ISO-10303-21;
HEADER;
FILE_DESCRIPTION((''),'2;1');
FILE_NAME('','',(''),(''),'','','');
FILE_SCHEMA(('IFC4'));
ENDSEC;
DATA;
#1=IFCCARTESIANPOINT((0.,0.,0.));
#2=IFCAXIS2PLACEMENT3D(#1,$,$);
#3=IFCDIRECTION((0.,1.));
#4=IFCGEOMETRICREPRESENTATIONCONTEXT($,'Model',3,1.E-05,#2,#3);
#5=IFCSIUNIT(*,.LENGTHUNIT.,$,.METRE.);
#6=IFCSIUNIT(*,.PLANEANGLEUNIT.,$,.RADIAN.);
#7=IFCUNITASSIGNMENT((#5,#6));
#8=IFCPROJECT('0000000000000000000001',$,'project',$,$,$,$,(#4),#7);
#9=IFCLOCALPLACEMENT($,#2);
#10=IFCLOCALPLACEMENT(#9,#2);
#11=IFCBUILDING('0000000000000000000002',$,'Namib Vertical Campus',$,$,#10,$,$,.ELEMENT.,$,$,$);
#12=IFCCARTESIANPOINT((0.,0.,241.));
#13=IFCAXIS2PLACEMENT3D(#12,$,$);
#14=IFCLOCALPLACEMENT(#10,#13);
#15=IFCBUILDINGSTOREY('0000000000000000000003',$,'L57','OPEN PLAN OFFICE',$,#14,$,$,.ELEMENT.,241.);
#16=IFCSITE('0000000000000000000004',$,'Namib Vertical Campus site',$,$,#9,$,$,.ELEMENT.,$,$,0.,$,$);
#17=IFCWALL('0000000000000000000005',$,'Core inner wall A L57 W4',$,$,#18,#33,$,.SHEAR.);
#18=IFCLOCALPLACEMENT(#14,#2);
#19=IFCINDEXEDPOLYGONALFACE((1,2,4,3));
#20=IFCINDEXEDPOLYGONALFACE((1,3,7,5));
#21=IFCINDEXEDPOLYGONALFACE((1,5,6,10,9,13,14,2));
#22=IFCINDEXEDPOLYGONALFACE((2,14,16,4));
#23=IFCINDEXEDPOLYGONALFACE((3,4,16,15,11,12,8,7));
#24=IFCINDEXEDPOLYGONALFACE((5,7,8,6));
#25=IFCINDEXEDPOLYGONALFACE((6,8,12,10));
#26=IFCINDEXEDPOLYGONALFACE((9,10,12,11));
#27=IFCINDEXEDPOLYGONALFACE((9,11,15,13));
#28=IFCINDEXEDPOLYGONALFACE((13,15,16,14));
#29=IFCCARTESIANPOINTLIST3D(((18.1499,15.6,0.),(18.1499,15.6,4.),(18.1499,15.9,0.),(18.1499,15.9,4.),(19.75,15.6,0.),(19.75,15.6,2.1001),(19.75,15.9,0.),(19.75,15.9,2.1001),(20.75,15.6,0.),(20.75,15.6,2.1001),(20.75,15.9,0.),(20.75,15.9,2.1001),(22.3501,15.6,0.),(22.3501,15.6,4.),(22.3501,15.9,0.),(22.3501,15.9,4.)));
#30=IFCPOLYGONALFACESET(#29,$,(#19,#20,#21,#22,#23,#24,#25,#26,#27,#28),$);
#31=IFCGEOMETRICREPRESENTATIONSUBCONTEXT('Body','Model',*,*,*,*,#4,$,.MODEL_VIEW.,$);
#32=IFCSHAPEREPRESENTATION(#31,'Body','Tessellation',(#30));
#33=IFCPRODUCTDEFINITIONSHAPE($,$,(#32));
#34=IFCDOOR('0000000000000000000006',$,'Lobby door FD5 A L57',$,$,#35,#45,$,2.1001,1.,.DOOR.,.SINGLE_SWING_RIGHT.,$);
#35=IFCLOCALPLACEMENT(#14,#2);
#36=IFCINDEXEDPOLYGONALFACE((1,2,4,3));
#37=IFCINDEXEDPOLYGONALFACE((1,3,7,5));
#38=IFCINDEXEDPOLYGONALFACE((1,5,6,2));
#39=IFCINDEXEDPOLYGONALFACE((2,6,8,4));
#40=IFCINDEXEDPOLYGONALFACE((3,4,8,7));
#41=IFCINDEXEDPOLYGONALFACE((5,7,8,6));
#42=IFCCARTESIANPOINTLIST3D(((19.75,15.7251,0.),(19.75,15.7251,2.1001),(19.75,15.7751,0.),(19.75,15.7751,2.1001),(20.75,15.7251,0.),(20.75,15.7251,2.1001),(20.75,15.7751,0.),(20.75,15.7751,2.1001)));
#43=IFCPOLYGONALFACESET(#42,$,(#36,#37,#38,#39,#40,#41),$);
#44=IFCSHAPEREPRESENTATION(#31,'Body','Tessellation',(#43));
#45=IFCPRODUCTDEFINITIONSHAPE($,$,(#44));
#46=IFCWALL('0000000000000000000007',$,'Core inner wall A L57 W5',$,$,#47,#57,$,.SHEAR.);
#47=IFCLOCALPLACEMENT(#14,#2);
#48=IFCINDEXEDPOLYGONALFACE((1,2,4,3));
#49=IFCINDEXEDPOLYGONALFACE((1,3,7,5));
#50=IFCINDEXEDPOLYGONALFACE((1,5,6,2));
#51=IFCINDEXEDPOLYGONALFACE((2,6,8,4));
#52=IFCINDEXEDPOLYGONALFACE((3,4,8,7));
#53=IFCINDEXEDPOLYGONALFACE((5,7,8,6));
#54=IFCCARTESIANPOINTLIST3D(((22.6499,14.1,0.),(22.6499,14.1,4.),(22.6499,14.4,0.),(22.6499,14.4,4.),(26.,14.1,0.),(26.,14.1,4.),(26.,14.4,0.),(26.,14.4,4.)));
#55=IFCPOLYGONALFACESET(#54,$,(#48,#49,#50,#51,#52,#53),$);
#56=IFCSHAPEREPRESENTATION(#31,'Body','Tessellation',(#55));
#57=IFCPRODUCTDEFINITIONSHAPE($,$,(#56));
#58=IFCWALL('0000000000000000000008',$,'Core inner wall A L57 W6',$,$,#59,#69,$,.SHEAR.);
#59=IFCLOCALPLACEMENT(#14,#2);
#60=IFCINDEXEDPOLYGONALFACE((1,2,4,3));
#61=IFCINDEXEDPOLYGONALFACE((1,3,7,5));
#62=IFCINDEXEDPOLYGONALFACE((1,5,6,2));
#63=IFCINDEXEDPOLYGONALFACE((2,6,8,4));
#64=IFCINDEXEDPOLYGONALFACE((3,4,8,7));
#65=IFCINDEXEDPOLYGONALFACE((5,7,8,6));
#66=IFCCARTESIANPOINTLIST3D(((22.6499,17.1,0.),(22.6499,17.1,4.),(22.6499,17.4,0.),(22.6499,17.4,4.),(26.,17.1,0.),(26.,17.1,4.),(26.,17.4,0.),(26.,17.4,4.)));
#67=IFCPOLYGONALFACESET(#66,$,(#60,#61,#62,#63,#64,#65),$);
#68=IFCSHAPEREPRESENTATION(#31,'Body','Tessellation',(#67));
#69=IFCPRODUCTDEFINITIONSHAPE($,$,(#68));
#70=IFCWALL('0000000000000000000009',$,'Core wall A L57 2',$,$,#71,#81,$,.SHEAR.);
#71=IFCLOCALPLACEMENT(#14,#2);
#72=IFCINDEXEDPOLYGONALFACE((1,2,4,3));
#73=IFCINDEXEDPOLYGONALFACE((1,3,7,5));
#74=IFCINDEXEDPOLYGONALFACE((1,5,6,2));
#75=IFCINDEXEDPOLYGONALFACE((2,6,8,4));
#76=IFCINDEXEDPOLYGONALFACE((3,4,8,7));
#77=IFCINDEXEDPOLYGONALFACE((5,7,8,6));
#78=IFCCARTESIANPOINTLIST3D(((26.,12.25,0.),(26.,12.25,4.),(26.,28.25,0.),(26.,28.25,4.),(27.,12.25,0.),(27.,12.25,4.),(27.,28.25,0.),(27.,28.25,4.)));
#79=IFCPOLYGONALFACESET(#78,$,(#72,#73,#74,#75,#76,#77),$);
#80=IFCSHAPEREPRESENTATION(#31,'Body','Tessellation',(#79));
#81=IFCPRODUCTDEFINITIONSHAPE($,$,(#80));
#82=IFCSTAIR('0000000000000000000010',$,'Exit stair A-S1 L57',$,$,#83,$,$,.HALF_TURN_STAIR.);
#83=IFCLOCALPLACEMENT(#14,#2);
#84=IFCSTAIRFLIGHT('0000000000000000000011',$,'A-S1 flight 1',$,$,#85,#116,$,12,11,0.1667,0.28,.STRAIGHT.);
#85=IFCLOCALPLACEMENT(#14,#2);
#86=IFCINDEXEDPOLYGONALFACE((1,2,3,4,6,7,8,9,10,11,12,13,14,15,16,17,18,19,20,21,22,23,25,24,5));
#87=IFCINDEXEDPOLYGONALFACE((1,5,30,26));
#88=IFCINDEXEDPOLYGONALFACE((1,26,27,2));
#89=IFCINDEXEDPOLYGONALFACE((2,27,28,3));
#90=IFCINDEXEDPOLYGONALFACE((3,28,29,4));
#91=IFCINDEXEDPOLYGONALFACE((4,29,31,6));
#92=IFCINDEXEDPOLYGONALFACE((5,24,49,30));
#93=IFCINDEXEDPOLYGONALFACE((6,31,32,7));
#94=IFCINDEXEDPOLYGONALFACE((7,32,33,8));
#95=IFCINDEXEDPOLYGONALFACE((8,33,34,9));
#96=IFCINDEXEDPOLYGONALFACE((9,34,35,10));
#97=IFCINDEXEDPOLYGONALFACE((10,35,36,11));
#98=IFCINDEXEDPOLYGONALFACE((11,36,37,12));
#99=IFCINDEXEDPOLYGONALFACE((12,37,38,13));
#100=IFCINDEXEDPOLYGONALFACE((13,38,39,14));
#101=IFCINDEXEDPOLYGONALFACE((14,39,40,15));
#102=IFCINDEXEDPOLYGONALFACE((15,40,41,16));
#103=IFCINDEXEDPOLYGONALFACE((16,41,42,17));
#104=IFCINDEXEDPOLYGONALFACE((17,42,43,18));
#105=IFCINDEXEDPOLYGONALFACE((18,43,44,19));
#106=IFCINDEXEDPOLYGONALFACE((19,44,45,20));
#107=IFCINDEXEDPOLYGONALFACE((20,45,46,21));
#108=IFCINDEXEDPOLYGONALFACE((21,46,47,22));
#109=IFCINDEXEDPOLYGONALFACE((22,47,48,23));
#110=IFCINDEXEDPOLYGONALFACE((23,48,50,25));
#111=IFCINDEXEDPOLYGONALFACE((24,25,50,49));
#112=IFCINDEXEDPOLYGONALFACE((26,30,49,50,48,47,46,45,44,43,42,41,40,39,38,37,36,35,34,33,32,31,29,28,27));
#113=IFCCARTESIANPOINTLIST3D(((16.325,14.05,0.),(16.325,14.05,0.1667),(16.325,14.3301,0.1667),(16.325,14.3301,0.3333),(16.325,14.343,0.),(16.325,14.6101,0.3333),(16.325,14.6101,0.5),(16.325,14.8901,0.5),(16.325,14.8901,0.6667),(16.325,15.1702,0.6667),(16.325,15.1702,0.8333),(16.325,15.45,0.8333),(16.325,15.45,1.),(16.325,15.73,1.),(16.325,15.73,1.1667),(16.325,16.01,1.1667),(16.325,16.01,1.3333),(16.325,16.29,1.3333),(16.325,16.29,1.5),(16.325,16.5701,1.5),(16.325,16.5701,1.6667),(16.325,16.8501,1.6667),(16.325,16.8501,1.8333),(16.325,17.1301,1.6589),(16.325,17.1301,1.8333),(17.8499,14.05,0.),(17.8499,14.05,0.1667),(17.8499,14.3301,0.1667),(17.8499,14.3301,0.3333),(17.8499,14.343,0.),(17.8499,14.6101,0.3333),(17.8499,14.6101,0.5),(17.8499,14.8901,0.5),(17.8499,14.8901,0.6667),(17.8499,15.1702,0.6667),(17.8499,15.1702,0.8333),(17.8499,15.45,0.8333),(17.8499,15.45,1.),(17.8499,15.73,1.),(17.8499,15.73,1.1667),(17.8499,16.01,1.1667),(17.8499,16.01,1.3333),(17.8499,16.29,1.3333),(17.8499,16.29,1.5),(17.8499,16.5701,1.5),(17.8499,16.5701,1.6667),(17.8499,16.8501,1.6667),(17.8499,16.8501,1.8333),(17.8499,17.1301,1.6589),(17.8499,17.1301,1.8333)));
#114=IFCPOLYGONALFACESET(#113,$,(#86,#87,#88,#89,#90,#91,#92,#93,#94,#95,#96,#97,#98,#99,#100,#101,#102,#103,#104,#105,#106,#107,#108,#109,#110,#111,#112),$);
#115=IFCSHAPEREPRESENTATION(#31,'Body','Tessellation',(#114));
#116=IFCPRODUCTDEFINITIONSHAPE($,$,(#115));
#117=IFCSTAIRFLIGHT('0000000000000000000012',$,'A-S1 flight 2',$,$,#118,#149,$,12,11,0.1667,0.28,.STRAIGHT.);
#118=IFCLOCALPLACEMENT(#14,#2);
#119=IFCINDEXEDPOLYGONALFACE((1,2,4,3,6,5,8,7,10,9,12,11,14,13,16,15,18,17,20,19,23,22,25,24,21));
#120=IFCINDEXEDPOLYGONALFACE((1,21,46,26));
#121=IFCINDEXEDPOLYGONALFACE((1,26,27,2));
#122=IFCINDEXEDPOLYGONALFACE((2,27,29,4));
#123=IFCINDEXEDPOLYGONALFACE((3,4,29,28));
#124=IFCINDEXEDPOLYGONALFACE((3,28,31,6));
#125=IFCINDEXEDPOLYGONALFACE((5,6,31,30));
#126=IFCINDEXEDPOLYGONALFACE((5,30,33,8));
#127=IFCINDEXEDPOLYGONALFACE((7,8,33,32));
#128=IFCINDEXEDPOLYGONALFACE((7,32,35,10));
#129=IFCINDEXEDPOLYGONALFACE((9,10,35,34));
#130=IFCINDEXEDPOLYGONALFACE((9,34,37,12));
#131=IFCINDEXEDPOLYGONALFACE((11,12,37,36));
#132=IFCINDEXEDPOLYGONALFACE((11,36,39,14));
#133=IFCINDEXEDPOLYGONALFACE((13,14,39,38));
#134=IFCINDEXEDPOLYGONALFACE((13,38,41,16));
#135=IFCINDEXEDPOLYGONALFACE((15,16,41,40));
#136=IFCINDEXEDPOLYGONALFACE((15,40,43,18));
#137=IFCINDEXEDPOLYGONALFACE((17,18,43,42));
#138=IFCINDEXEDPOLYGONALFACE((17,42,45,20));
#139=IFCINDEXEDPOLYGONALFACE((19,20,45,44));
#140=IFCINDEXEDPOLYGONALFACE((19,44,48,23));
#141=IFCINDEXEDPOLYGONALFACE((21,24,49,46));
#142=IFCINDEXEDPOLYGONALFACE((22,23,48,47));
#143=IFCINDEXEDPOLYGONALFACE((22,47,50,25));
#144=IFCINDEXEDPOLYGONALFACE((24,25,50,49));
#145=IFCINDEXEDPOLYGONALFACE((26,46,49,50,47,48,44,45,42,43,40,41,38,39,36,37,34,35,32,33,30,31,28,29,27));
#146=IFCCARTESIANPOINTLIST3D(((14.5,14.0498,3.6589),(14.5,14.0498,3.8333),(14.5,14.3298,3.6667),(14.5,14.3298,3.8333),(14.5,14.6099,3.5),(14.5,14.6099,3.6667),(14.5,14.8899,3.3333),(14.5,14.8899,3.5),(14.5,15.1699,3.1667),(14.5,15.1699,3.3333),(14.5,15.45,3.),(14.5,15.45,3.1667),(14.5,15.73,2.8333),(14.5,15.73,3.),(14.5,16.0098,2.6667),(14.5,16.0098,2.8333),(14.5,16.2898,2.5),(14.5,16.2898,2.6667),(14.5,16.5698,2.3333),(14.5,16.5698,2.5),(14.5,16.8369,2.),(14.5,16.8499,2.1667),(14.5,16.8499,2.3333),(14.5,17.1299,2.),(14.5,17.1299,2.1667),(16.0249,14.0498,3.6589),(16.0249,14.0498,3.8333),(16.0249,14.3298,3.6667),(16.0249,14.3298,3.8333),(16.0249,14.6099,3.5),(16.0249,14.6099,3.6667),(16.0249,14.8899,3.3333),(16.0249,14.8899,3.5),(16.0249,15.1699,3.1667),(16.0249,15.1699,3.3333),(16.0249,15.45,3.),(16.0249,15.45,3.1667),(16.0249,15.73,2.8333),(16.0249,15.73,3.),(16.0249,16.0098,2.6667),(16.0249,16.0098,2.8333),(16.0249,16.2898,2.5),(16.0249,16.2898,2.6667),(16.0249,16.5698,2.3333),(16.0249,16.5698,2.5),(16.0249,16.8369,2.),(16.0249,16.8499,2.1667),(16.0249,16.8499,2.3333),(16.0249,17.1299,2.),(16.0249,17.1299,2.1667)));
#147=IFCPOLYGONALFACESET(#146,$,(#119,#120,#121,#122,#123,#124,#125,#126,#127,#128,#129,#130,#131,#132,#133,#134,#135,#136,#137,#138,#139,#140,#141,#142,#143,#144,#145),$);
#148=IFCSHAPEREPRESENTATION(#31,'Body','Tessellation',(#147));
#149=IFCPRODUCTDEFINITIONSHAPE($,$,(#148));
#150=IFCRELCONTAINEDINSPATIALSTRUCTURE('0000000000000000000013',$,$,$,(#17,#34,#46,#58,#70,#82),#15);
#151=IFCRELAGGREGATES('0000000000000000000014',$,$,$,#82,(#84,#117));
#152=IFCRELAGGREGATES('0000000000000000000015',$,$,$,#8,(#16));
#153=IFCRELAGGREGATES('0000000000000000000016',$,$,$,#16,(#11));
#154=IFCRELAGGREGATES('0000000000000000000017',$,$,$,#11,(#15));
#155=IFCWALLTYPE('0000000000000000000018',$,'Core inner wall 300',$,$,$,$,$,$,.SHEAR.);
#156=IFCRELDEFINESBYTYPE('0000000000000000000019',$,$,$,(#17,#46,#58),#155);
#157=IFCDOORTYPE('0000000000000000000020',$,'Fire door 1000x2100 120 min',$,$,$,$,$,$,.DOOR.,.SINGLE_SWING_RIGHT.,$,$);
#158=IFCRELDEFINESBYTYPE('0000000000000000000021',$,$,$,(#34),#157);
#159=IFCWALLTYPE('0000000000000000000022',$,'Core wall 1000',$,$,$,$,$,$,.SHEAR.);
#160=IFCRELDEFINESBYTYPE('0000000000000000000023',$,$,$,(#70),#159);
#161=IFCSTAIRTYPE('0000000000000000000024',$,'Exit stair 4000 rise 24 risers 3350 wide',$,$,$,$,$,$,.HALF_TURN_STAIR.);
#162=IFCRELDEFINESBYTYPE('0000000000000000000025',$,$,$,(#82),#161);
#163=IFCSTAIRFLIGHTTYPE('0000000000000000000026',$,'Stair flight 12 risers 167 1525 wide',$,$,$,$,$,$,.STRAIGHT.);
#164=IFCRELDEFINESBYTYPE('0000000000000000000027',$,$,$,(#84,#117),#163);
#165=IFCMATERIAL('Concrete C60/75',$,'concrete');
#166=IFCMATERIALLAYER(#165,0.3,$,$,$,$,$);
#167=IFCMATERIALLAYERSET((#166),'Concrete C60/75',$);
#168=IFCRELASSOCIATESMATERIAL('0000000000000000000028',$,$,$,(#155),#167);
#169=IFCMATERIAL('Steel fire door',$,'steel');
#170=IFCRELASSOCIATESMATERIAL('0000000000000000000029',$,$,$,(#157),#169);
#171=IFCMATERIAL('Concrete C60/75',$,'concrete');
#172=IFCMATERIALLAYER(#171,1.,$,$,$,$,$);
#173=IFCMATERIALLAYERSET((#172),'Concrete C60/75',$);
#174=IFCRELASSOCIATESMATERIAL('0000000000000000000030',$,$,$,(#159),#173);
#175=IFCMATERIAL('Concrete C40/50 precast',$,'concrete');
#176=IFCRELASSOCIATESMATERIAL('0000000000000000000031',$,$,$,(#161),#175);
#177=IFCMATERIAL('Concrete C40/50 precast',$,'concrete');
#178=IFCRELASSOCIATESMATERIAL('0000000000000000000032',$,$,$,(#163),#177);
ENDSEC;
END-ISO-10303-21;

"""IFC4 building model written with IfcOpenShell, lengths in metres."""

from ifc_helpers import new_model, si_unit, direction, frame, frame_2d, origin, place, context, subcontext, project, spatial, polyline, rectangle, outline, extrude, material, layer, layer_set, type_object, element, fill, aggregate, save


model = new_model("IFC4")

# Units and contexts
model_context = context("Model", 3, precision=1e-05, world=origin(), true_north=direction((0.0, 1.0)))
body_context = subcontext(model_context, "Body", "Model", "MODEL_VIEW")
ifc_project = project(units=[si_unit("LENGTHUNIT", "METRE"), si_unit("PLANEANGLEUNIT", "RADIAN")], contexts=[model_context])

# Site, building, storey
site_placement = place(None, origin())
site = spatial("IfcSite", under=ifc_project, at=site_placement, Name="Namib Vertical Campus site", CompositionType="ELEMENT", RefElevation=0.0)
building_placement = place(site_placement, origin())
building = spatial("IfcBuilding", under=site, at=building_placement, Name="Namib Vertical Campus", CompositionType="ELEMENT")
storey_placement = place(building_placement, frame((0.0, 0.0, 241.0)))
storey = spatial("IfcBuildingStorey", under=building, at=storey_placement, Name="L57", Description="OPEN PLAN OFFICE", CompositionType="ELEMENT", Elevation=241.0)

# Wall, opening, door
ifc_material_1 = material(Name="Concrete C60/75", Category="concrete")
ifc_layer_1 = layer(ifc_material_1, 0.3)
ifc_layer_set_1 = layer_set([ifc_layer_1], Name="Concrete C60/75")
wall_type_1 = type_object("IfcWallType", Name="Core inner wall 300", PredefinedType="SHEAR", material=ifc_layer_set_1)
wall_1_placement = place(storey_placement, frame((18.1499, 15.75, 0.0), z_axis=(0.0, 0.0, 1.0), x_axis=(1.0, 0.0, 0.0)))
wall_1 = element("IfcWall", 1, at=wall_1_placement, inside=storey, type_object=wall_type_1, Name="Core inner wall A L57 W4", PredefinedType="SHEAR", context=body_context, shape_type="SweptSolid", body=[
    extrude(rectangle(XDim=4.2002, YDim=0.3, at=frame_2d((2.1001, 0.0))), origin(), (0.0, 0.0, 1.0), 4.0),
])
opening_placement = place(wall_1_placement, frame((1.6001, 0.0, 0.0)))
opening = element("IfcOpeningElement", 2, at=opening_placement, cuts=wall_1, PredefinedType="OPENING", context=body_context, shape_type="SweptSolid", body=[
    extrude(rectangle(XDim=1.0, YDim=2.1001, at=frame_2d((0.5, 1.05))), frame((0.0, 0.1599, 0.0), z_axis=(0.0, -1.0, 0.0), x_axis=(1.0, 0.0, 0.0)), (0.0, 0.0, 1.0), 0.3201),
])
ifc_material_2 = material(Name="Steel fire door", Category="steel")
door_type = type_object("IfcDoorType", Name="Fire door 1000x2100 120 min", OperationType="SINGLE_SWING_RIGHT", PredefinedType="DOOR", material=ifc_material_2)
door_placement = place(opening_placement, frame((1.0, 0.0, 0.0), z_axis=(0.0, 0.0, 1.0), x_axis=(-1.0, 0.0, 0.0)))
door = element("IfcDoor", 3, at=door_placement, inside=storey, type_object=door_type, Name="Lobby door FD5 A L57", OperationType="SINGLE_SWING_RIGHT", OverallHeight=2.1001, OverallWidth=1.0, PredefinedType="DOOR", context=body_context, shape_type="SweptSolid", body=[
    extrude(rectangle(XDim=1.0, YDim=2.1001, at=frame_2d((0.5, 1.05))), frame((0.0, 0.0249, 0.0), z_axis=(0.0, -1.0, 0.0), x_axis=(1.0, 0.0, 0.0)), (0.0, 0.0, 1.0), 0.05),
])
fill(opening, door)

# Walls
for number, where, z_axis, x_axis, name in (
    (4, (22.6499, 14.25, 0.0), (0.0, 0.0, 1.0), (1.0, 0.0, 0.0), "Core inner wall A L57 W5"),
    (5, (22.6499, 17.25, 0.0), (0.0, 0.0, 1.0), (1.0, 0.0, 0.0), "Core inner wall A L57 W6"),
):
    element("IfcWall", number, at=place(storey_placement, frame(where, z_axis=z_axis, x_axis=x_axis)), inside=storey, type_object=wall_type_1, Name=name, PredefinedType="SHEAR", context=body_context, shape_type="SweptSolid", body=[
        extrude(rectangle(XDim=3.3501, YDim=0.3, at=frame_2d((1.675, 0.0))), origin(), (0.0, 0.0, 1.0), 4.0),
    ])
ifc_material_3 = material(Name="Concrete C60/75", Category="concrete")
ifc_layer_2 = layer(ifc_material_3, 1.0)
ifc_layer_set_2 = layer_set([ifc_layer_2], Name="Concrete C60/75")
wall_type_2 = type_object("IfcWallType", Name="Core wall 1000", PredefinedType="SHEAR", material=ifc_layer_set_2)
wall_2_placement = place(storey_placement, frame((26.5, 12.25, 0.0), z_axis=(0.0, 0.0, 1.0), x_axis=(0.0, 1.0, 0.0)))
element("IfcWall", 6, at=wall_2_placement, inside=storey, type_object=wall_type_2, Name="Core wall A L57 2", PredefinedType="SHEAR", context=body_context, shape_type="SweptSolid", body=[
    extrude(rectangle(XDim=16.0, YDim=1.0, at=frame_2d((8.0, 0.0))), origin(), (0.0, 0.0, 1.0), 4.0),
])

# Stair, stair flights
ifc_material_4 = material(Name="Concrete C40/50 precast", Category="concrete")
stair_type = type_object("IfcStairType", Name="Exit stair 4000 rise 24 risers 3350 wide", PredefinedType="HALF_TURN_STAIR", material=ifc_material_4)
stair_placement = place(storey_placement, origin())
stair = element("IfcStair", 7, at=stair_placement, inside=storey, type_object=stair_type, Name="Exit stair A-S1 L57", PredefinedType="HALF_TURN_STAIR")
ifc_material_5 = material(Name="Concrete C40/50 precast", Category="concrete")
stair_flight_type = type_object("IfcStairFlightType", Name="Stair flight 12 risers 167 1525 wide", PredefinedType="STRAIGHT", material=ifc_material_5)
stair_flight_1_placement = place(storey_placement, frame((17.0874, 14.05, 0.0), z_axis=(0.0, 0.0, 1.0), x_axis=(0.0, 1.0, 0.0)))
stair_flight_1 = element("IfcStairFlight", 8, at=stair_flight_1_placement, type_object=stair_flight_type, Name="A-S1 flight 1", NumberOfRisers=12, NumberOfTreads=11, PredefinedType="STRAIGHT", RiserHeight=0.1667, TreadLength=0.28, context=body_context, shape_type="SweptSolid", body=[
    extrude(outline(polyline([(0.0, 0.0), (0.0, 0.1667), (0.28, 0.1667), (0.28, 0.3333), (0.5601, 0.3333), (0.5601, 0.5), (0.8401, 0.5), (0.8401, 0.6667), (1.1201, 0.6667), (1.1201, 0.8333), (1.3999, 0.8333), (1.3999, 1.0), (1.6799, 1.0), (1.6799, 1.1667), (1.96, 1.1667), (1.96, 1.3333), (2.24, 1.3333), (2.24, 1.5), (2.52, 1.5), (2.52, 1.6667), (2.8, 1.6667), (2.8, 1.8333), (3.0801, 1.8333), (3.0801, 2.0), (3.0801, 1.6589), (0.293, 0.0), (0.0, 0.0)])), frame((0.0, 0.7625, 0.0), z_axis=(0.0, -1.0, 0.0), x_axis=(1.0, 0.0, 0.0)), (0.0, 0.0, 1.0), 1.5249),
])
stair_flight_2_placement = place(storey_placement, frame((15.2625, 17.1299, 2.0), z_axis=(0.0, 0.0, 1.0), x_axis=(0.0, -1.0, 0.0)))
stair_flight_2 = element("IfcStairFlight", 9, at=stair_flight_2_placement, type_object=stair_flight_type, Name="A-S1 flight 2", NumberOfRisers=12, NumberOfTreads=11, PredefinedType="STRAIGHT", RiserHeight=0.1667, TreadLength=0.28, context=body_context, shape_type="SweptSolid", body=[
    extrude(outline(polyline([(0.0, 0.0), (0.0, 0.1667), (0.28, 0.1667), (0.28, 0.3333), (0.5601, 0.3333), (0.5601, 0.5), (0.8401, 0.5), (0.8401, 0.6667), (1.1201, 0.6667), (1.1201, 0.8333), (1.3999, 0.8333), (1.3999, 1.0), (1.6799, 1.0), (1.6799, 1.1667), (1.96, 1.1667), (1.96, 1.3333), (2.24, 1.3333), (2.24, 1.5), (2.52, 1.5), (2.52, 1.6667), (2.8, 1.6667), (2.8, 1.8333), (3.0801, 1.8333), (3.0801, 2.0), (3.0801, 1.6589), (0.293, 0.0), (0.0, 0.0)])), frame((0.0, 0.7625, 0.0), z_axis=(0.0, -1.0, 0.0), x_axis=(1.0, 0.0, 0.0)), (0.0, 0.0, 1.0), 1.5249),
])
aggregate(stair, [stair_flight_1, stair_flight_2])

save(model, "model.ifc")
